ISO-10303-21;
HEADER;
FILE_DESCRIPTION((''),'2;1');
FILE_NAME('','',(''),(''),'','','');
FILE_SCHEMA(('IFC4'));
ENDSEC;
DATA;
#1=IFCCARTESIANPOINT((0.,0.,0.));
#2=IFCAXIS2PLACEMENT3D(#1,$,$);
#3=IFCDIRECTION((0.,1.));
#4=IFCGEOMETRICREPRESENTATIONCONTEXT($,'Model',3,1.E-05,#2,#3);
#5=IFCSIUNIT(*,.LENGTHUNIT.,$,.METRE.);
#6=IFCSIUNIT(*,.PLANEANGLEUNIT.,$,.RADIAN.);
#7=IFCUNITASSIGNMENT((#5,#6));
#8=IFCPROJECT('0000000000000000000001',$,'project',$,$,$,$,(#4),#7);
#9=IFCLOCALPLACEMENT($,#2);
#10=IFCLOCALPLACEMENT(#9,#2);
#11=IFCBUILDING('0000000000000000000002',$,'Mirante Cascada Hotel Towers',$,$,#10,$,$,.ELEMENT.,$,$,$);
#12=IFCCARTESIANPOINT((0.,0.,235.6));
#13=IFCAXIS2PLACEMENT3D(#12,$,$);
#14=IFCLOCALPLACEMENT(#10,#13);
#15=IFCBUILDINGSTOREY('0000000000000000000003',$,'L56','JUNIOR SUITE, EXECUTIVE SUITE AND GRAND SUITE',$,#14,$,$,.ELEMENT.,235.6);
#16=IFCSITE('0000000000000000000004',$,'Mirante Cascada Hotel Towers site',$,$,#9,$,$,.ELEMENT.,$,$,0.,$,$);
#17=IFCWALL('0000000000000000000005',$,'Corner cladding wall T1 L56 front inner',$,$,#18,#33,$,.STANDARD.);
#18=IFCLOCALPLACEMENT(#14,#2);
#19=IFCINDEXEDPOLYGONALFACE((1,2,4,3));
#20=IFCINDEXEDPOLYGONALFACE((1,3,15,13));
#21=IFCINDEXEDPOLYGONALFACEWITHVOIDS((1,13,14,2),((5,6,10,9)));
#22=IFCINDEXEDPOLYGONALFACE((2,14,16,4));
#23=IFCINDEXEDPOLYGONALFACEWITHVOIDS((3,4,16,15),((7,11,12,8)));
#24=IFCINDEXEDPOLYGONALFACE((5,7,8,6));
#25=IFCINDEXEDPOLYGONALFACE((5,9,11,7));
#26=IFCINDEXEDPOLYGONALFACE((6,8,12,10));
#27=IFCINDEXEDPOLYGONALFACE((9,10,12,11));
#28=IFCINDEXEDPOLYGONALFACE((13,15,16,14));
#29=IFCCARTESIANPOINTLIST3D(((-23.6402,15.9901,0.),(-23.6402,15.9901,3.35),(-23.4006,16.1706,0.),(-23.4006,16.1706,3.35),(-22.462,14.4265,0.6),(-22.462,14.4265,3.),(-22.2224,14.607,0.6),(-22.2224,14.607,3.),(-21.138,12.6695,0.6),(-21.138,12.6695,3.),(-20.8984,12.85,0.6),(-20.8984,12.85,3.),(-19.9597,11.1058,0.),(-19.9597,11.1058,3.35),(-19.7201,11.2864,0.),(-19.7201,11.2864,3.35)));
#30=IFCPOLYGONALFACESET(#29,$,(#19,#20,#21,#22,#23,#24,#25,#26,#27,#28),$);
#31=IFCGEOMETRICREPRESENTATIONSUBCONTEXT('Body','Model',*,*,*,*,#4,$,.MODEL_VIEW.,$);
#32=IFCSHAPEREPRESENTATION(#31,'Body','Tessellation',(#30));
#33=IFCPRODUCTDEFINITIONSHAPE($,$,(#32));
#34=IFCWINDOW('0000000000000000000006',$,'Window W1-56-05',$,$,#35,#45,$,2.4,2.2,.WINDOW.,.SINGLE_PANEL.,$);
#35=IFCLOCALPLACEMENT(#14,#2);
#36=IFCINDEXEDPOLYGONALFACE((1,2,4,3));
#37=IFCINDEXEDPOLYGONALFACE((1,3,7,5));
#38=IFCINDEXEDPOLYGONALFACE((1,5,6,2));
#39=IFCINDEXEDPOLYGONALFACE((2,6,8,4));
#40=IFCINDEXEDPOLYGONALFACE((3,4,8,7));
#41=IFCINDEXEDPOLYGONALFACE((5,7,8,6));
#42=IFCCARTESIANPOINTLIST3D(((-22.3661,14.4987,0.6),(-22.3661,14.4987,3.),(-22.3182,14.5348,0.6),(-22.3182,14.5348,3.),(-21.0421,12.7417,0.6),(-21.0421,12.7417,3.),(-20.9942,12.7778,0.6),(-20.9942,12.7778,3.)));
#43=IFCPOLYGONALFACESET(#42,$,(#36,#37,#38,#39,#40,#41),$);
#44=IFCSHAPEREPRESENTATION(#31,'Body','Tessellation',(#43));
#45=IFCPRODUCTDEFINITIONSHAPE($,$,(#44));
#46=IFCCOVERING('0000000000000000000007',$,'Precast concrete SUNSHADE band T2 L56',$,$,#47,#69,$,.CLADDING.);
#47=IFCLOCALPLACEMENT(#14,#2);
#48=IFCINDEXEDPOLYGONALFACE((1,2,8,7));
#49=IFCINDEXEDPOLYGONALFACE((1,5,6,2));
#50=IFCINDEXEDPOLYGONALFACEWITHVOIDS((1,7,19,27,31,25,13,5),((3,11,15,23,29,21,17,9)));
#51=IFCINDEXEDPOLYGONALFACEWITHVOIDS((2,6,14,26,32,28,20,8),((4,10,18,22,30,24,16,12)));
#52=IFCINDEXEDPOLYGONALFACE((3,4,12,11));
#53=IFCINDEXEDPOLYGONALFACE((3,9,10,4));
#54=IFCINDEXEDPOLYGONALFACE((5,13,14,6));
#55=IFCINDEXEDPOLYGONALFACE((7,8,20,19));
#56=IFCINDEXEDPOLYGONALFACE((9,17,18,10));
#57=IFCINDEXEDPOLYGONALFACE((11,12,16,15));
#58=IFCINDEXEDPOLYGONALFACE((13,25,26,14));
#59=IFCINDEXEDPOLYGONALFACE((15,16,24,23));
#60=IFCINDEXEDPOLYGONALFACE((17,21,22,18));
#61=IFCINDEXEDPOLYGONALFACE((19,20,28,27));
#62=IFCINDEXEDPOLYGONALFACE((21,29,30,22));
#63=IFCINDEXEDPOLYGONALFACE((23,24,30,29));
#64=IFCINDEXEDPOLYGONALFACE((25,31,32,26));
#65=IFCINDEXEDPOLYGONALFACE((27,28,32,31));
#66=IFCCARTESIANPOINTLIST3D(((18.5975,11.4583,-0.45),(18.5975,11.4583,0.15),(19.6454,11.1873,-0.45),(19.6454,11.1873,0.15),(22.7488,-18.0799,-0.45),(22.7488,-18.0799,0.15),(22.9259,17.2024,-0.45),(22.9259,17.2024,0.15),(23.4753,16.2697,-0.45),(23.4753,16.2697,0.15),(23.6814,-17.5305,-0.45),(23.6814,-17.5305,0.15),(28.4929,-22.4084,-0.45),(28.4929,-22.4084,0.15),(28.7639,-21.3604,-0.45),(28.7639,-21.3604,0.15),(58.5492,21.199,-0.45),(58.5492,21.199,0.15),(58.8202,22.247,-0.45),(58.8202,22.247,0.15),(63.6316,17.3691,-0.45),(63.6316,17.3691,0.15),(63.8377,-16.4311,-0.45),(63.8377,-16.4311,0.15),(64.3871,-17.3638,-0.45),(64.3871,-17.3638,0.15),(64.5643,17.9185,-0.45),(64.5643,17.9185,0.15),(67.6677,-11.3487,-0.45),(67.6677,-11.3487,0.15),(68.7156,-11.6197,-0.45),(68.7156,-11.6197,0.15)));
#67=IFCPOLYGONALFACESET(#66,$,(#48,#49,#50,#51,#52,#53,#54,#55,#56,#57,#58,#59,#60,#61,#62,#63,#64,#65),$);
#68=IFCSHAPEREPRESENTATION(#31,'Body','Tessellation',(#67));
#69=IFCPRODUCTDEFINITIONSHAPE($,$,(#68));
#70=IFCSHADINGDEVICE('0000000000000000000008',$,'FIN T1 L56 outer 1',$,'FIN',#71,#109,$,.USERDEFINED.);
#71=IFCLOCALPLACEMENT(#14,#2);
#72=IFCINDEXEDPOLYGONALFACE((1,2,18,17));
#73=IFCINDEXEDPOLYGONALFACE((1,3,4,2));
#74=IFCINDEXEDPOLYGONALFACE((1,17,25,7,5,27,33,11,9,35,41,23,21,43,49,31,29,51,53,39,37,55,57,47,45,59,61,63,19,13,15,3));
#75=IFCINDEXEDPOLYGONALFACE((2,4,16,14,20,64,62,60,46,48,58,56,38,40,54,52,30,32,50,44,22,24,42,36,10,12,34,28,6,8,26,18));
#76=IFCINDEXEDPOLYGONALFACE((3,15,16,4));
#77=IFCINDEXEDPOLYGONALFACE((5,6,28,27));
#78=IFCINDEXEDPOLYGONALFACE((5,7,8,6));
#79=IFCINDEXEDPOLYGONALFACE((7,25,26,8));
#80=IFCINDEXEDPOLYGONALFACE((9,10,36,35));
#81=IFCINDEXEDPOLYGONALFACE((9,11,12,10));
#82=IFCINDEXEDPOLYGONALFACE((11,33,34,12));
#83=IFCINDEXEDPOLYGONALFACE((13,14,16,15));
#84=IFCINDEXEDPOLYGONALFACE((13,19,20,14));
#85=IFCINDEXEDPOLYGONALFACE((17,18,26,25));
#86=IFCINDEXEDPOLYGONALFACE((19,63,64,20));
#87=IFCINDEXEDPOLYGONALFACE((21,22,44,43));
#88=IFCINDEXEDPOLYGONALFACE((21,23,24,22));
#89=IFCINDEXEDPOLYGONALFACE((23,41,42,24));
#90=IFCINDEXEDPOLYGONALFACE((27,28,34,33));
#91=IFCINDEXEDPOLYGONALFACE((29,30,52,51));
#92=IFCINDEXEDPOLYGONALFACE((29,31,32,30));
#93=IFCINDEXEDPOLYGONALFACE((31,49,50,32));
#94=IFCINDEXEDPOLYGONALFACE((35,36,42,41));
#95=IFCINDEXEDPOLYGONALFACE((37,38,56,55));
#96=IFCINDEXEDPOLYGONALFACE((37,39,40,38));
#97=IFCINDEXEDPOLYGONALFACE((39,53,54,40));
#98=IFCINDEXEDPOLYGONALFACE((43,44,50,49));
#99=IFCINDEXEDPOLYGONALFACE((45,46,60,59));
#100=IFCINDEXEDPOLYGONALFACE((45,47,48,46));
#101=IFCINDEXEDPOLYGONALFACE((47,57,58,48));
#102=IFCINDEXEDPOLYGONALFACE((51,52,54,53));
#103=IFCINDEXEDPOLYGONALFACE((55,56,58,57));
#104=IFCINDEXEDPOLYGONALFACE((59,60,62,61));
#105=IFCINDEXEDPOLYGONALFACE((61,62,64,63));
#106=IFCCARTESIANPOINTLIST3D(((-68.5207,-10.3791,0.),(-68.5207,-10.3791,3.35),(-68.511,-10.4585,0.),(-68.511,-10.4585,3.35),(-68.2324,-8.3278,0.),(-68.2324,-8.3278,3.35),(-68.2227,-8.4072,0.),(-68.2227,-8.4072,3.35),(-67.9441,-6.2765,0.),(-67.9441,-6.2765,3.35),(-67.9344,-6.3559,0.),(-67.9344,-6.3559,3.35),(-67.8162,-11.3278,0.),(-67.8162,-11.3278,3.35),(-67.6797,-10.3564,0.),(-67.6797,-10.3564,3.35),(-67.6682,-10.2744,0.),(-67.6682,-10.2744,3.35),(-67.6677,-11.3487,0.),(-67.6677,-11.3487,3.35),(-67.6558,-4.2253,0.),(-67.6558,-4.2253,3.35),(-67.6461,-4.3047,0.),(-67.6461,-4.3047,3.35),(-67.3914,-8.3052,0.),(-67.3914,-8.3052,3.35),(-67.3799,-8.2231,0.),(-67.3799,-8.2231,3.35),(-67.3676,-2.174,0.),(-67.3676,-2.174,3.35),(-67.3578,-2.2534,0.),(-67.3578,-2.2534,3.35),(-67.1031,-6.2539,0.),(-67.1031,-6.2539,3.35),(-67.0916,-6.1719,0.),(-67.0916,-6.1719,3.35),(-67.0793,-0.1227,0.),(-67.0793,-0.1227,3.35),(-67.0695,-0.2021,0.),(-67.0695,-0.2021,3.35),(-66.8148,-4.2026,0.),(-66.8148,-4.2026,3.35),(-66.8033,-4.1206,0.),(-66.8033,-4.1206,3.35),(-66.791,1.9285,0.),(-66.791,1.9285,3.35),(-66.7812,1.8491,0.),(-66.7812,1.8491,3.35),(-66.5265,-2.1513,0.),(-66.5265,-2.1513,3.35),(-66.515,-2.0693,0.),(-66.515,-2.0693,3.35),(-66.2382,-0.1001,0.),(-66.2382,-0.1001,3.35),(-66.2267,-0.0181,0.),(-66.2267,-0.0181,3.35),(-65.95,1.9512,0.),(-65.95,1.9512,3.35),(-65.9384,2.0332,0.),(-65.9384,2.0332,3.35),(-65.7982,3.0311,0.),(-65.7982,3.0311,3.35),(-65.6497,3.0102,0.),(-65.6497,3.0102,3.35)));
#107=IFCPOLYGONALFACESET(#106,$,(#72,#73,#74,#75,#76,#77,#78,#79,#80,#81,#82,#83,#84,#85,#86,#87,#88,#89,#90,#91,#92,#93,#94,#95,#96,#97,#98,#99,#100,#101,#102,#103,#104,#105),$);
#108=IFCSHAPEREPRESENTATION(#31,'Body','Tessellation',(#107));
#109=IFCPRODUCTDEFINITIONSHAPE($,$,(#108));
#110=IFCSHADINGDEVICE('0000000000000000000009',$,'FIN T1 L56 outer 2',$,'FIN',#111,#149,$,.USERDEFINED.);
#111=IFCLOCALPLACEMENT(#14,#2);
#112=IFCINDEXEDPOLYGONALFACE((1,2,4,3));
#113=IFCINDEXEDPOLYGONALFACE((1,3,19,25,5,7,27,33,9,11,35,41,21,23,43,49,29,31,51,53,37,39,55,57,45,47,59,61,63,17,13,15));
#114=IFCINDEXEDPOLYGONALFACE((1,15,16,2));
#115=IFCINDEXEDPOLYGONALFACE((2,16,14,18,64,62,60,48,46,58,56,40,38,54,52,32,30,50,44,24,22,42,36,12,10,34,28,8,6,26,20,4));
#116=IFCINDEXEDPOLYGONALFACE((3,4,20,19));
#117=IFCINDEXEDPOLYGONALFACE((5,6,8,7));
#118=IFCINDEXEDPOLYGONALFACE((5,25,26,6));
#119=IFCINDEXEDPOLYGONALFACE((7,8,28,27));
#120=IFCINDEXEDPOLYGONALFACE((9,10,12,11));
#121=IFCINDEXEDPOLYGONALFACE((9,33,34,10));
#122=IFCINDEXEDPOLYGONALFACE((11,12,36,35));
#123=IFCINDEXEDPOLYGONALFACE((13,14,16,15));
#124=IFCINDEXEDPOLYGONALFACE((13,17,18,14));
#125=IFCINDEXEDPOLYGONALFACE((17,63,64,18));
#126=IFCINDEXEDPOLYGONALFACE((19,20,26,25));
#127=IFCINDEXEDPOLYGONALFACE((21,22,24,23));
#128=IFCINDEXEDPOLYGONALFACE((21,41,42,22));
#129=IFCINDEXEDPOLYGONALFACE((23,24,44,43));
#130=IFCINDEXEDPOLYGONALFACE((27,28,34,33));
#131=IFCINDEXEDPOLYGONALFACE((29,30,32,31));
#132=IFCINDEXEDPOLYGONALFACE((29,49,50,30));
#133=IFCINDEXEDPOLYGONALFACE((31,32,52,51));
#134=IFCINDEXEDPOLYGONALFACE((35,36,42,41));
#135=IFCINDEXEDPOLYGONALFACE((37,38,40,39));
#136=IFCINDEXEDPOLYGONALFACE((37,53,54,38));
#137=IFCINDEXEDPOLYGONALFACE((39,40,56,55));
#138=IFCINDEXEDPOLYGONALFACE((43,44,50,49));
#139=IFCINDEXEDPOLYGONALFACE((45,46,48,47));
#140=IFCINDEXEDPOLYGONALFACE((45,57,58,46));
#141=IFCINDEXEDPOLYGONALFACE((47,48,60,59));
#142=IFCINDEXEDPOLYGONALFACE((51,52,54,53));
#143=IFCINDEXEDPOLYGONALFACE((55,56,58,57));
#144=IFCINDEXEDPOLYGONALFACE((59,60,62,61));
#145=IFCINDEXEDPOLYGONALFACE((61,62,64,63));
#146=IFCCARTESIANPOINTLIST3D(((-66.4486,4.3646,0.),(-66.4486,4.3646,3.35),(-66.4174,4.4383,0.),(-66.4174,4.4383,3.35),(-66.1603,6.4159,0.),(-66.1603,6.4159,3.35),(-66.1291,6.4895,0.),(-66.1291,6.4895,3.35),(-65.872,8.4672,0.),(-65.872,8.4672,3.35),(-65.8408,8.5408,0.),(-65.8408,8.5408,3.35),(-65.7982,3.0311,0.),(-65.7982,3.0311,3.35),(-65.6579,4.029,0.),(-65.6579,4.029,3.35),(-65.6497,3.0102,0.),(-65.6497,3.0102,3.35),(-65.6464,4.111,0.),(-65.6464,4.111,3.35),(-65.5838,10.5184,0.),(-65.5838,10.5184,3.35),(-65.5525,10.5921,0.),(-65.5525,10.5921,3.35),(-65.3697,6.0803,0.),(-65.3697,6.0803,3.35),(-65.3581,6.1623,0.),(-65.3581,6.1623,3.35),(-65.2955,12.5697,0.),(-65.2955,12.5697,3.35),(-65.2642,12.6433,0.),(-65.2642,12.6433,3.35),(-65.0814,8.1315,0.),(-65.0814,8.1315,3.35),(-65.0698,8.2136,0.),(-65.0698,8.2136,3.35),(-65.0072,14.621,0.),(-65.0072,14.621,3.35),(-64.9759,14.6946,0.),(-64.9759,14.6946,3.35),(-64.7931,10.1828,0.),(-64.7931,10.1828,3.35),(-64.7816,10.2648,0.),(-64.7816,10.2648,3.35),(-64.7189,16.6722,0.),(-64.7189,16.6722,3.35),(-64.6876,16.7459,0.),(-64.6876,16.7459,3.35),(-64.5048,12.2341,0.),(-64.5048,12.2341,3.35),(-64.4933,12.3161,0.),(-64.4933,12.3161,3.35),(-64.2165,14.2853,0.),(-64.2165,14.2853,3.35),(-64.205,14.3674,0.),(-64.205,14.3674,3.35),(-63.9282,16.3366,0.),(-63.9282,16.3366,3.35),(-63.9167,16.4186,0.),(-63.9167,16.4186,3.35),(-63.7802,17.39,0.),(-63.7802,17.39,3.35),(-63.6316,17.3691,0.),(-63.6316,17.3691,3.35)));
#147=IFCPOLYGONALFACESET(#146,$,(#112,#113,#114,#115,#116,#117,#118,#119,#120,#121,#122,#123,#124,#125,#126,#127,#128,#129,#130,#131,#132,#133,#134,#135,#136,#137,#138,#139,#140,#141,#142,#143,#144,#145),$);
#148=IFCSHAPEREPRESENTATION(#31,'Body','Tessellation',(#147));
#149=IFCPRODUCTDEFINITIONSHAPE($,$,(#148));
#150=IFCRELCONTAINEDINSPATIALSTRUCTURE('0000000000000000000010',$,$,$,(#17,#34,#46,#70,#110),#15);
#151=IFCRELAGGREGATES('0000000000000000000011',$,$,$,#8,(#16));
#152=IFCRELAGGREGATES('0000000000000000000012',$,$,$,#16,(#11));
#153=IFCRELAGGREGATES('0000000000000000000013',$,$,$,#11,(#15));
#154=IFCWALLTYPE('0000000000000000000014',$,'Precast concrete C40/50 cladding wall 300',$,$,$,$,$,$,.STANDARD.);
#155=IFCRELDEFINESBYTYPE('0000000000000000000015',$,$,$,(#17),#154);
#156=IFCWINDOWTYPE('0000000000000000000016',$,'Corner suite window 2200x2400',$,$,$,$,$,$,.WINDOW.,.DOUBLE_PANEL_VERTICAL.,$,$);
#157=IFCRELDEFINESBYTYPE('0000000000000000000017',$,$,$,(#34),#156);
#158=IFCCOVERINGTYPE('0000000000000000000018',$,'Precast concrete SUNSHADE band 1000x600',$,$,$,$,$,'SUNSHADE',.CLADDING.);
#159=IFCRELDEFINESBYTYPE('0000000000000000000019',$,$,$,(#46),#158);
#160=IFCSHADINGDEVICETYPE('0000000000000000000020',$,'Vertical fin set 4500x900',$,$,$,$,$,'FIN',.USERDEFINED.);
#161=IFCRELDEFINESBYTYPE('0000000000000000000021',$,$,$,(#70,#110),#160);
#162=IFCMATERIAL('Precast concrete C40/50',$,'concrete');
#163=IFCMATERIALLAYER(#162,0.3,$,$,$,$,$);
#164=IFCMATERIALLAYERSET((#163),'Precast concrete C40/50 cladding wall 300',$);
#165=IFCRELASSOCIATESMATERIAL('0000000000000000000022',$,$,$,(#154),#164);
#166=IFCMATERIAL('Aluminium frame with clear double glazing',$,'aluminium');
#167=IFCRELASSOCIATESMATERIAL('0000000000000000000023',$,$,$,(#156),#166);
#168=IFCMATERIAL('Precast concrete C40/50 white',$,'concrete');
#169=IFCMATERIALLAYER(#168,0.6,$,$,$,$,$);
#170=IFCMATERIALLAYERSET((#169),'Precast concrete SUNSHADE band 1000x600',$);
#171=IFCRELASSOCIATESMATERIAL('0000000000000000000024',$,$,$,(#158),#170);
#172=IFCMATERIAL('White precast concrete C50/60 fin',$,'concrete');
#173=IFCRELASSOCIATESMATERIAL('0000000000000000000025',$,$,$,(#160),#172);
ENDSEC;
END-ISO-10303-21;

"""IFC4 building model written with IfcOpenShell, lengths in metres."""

from ifc_helpers import new_model, si_unit, direction, frame, frame_2d, origin, place, context, subcontext, project, spatial, polyline, rectangle, outline, extrude, material, layer, layer_set, type_object, element, fill, save


model = new_model("IFC4")

# Units and contexts
model_context = context("Model", 3, precision=1e-05, world=origin(), true_north=direction((0.0, 1.0)))
body_context = subcontext(model_context, "Body", "Model", "MODEL_VIEW")
ifc_project = project(units=[si_unit("LENGTHUNIT", "METRE"), si_unit("PLANEANGLEUNIT", "RADIAN")], contexts=[model_context])

# Site, building, storey
site_placement = place(None, origin())
site = spatial("IfcSite", under=ifc_project, at=site_placement, Name="Mirante Cascada Hotel Towers site", CompositionType="ELEMENT", RefElevation=0.0)
building_placement = place(site_placement, origin())
building = spatial("IfcBuilding", under=site, at=building_placement, Name="Mirante Cascada Hotel Towers", CompositionType="ELEMENT")
storey_placement = place(building_placement, frame((0.0, 0.0, 235.6)))
storey = spatial("IfcBuildingStorey", under=building, at=storey_placement, Name="L56", Description="JUNIOR SUITE, EXECUTIVE SUITE AND GRAND SUITE", CompositionType="ELEMENT", Elevation=235.6)

# Wall, opening, window
ifc_material_1 = material(Name="Precast concrete C40/50", Category="concrete")
ifc_layer_1 = layer(ifc_material_1, 0.3)
ifc_layer_set_1 = layer_set([ifc_layer_1], Name="Precast concrete C40/50 cladding wall 300")
wall_type_1 = type_object("IfcWallType", Name="Precast concrete C40/50 cladding wall 300", PredefinedType="STANDARD", material=ifc_layer_set_1)
wall_1_placement = place(storey_placement, frame((-23.5204, 16.0803, 0.0), z_axis=(0.0, 0.0, 1.0), x_axis=(0.601814, -0.798636, 0.0)))
wall_1 = element("IfcWall", 1, at=wall_1_placement, inside=storey, type_object=wall_type_1, Name="Corner cladding wall T1 L56 front inner", PredefinedType="STANDARD", context=body_context, shape_type="SweptSolid", body=[
    extrude(rectangle(XDim=6.1157, YDim=0.3, at=frame_2d((3.0578, 0.0))), origin(), (0.0, 0.0, 1.0), 3.35),
])
opening_1_placement = place(wall_1_placement, frame((1.9578, 0.0, 0.6)))
opening_1 = element("IfcOpeningElement", 2, at=opening_1_placement, cuts=wall_1, PredefinedType="OPENING", context=body_context, shape_type="SweptSolid", body=[
    extrude(rectangle(XDim=2.2, YDim=2.4, at=frame_2d((1.1, 1.2))), frame((0.0, 0.15, 0.0), z_axis=(0.0, -1.0, 0.0), x_axis=(1.0, 0.0, 0.0)), (0.0, 0.0, 1.0), 0.3),
])
ifc_material_2 = material(Name="Aluminium frame with clear double glazing", Category="aluminium")
window_type = type_object("IfcWindowType", Name="Corner suite window 2200x2400", PartitioningType="DOUBLE_PANEL_VERTICAL", PredefinedType="WINDOW", material=ifc_material_2)
window_placement = place(opening_1_placement, origin())
window = element("IfcWindow", 3, at=window_placement, inside=storey, type_object=window_type, Name="Window W1-56-05", OverallHeight=2.4, OverallWidth=2.2, PartitioningType="SINGLE_PANEL", PredefinedType="WINDOW", context=body_context, shape_type="SweptSolid", body=[
    extrude(rectangle(XDim=2.2, YDim=2.4, at=frame_2d((1.1, 1.2))), frame((0.0, 0.03, 0.0), z_axis=(0.0, -1.0, 0.0), x_axis=(1.0, 0.0, 0.0)), (0.0, 0.0, 1.0), 0.06),
])
fill(opening_1, window)

# Covering
ifc_material_3 = material(Name="Precast concrete C40/50 white", Category="concrete")
ifc_layer_2 = layer(ifc_material_3, 0.6)
ifc_layer_set_2 = layer_set([ifc_layer_2], Name="Precast concrete SUNSHADE band 1000x600")
covering_type = type_object("IfcCoveringType", Name="Precast concrete SUNSHADE band 1000x600", ElementType="SUNSHADE", PredefinedType="CLADDING", material=ifc_layer_set_2)
covering_placement = place(storey_placement, frame((0.0, 0.0, -0.45)))
element("IfcCovering", 4, at=covering_placement, inside=storey, type_object=covering_type, Name="Precast concrete SUNSHADE band T2 L56", PredefinedType="CLADDING", context=body_context, shape_type="SweptSolid", body=[
    extrude(outline(polyline([(18.5975, 11.4583), (22.9259, 17.2024), (58.8202, 22.247), (64.5643, 17.9185), (68.7156, -11.6197), (64.3871, -17.3638), (28.4929, -22.4084), (22.7488, -18.0799), (18.5975, 11.4583)]), holes=[polyline([(67.6677, -11.3487), (63.6316, 17.3691), (58.5492, 21.199), (23.4753, 16.2697), (19.6454, 11.1873), (23.6814, -17.5305), (28.7639, -21.3604), (63.8377, -16.4311), (67.6677, -11.3487)])]), origin(), (0.0, 0.0, 1.0), 0.6),
])

# Shading devices
ifc_material_4 = material(Name="White precast concrete C50/60 fin", Category="concrete")
shading_device_type = type_object("IfcShadingDeviceType", Name="Vertical fin set 4500x900", ElementType="FIN", PredefinedType="USERDEFINED", material=ifc_material_4)
shading_device_1_placement = place(storey_placement, origin())
element("IfcShadingDevice", 5, at=shading_device_1_placement, inside=storey, type_object=shading_device_type, Name="FIN T1 L56 outer 1", ObjectType="FIN", PredefinedType="USERDEFINED", context=body_context, shape_type="SweptSolid", body=[
    extrude(outline(polyline([(-67.6682, -10.2744), (-67.3914, -8.3052), (-68.2227, -8.4072), (-68.2324, -8.3278), (-67.3799, -8.2231), (-67.1031, -6.2539), (-67.9344, -6.3559), (-67.9441, -6.2765), (-67.0916, -6.1719), (-66.8148, -4.2026), (-67.6461, -4.3047), (-67.6558, -4.2253), (-66.8033, -4.1206), (-66.5265, -2.1513), (-67.3578, -2.2534), (-67.3676, -2.174), (-66.515, -2.0693), (-66.2382, -0.1001), (-67.0695, -0.2021), (-67.0793, -0.1227), (-66.2267, -0.0181), (-65.95, 1.9512), (-66.7812, 1.8491), (-66.791, 1.9285), (-65.9384, 2.0332), (-65.7982, 3.0311), (-65.6497, 3.0102), (-67.6677, -11.3487), (-67.8162, -11.3278), (-67.6797, -10.3564), (-68.511, -10.4585), (-68.5207, -10.3791), (-67.6682, -10.2744)])), origin(), (0.0, 0.0, 1.0), 3.35),
])
shading_device_2_placement = place(storey_placement, origin())
element("IfcShadingDevice", 6, at=shading_device_2_placement, inside=storey, type_object=shading_device_type, Name="FIN T1 L56 outer 2", ObjectType="FIN", PredefinedType="USERDEFINED", context=body_context, shape_type="SweptSolid", body=[
    extrude(outline(polyline([(-65.6464, 4.111), (-65.3697, 6.0803), (-66.1603, 6.4159), (-66.1291, 6.4895), (-65.3581, 6.1623), (-65.0814, 8.1315), (-65.872, 8.4672), (-65.8408, 8.5408), (-65.0698, 8.2136), (-64.7931, 10.1828), (-65.5838, 10.5184), (-65.5525, 10.5921), (-64.7816, 10.2648), (-64.5048, 12.2341), (-65.2955, 12.5697), (-65.2642, 12.6433), (-64.4933, 12.3161), (-64.2165, 14.2853), (-65.0072, 14.621), (-64.9759, 14.6946), (-64.205, 14.3674), (-63.9282, 16.3366), (-64.7189, 16.6722), (-64.6876, 16.7459), (-63.9167, 16.4186), (-63.7802, 17.39), (-63.6316, 17.3691), (-65.6497, 3.0102), (-65.7982, 3.0311), (-65.6579, 4.029), (-66.4486, 4.3646), (-66.4174, 4.4383), (-65.6464, 4.111)])), origin(), (0.0, 0.0, 1.0), 3.35),
])

save(model, "model.ifc")
